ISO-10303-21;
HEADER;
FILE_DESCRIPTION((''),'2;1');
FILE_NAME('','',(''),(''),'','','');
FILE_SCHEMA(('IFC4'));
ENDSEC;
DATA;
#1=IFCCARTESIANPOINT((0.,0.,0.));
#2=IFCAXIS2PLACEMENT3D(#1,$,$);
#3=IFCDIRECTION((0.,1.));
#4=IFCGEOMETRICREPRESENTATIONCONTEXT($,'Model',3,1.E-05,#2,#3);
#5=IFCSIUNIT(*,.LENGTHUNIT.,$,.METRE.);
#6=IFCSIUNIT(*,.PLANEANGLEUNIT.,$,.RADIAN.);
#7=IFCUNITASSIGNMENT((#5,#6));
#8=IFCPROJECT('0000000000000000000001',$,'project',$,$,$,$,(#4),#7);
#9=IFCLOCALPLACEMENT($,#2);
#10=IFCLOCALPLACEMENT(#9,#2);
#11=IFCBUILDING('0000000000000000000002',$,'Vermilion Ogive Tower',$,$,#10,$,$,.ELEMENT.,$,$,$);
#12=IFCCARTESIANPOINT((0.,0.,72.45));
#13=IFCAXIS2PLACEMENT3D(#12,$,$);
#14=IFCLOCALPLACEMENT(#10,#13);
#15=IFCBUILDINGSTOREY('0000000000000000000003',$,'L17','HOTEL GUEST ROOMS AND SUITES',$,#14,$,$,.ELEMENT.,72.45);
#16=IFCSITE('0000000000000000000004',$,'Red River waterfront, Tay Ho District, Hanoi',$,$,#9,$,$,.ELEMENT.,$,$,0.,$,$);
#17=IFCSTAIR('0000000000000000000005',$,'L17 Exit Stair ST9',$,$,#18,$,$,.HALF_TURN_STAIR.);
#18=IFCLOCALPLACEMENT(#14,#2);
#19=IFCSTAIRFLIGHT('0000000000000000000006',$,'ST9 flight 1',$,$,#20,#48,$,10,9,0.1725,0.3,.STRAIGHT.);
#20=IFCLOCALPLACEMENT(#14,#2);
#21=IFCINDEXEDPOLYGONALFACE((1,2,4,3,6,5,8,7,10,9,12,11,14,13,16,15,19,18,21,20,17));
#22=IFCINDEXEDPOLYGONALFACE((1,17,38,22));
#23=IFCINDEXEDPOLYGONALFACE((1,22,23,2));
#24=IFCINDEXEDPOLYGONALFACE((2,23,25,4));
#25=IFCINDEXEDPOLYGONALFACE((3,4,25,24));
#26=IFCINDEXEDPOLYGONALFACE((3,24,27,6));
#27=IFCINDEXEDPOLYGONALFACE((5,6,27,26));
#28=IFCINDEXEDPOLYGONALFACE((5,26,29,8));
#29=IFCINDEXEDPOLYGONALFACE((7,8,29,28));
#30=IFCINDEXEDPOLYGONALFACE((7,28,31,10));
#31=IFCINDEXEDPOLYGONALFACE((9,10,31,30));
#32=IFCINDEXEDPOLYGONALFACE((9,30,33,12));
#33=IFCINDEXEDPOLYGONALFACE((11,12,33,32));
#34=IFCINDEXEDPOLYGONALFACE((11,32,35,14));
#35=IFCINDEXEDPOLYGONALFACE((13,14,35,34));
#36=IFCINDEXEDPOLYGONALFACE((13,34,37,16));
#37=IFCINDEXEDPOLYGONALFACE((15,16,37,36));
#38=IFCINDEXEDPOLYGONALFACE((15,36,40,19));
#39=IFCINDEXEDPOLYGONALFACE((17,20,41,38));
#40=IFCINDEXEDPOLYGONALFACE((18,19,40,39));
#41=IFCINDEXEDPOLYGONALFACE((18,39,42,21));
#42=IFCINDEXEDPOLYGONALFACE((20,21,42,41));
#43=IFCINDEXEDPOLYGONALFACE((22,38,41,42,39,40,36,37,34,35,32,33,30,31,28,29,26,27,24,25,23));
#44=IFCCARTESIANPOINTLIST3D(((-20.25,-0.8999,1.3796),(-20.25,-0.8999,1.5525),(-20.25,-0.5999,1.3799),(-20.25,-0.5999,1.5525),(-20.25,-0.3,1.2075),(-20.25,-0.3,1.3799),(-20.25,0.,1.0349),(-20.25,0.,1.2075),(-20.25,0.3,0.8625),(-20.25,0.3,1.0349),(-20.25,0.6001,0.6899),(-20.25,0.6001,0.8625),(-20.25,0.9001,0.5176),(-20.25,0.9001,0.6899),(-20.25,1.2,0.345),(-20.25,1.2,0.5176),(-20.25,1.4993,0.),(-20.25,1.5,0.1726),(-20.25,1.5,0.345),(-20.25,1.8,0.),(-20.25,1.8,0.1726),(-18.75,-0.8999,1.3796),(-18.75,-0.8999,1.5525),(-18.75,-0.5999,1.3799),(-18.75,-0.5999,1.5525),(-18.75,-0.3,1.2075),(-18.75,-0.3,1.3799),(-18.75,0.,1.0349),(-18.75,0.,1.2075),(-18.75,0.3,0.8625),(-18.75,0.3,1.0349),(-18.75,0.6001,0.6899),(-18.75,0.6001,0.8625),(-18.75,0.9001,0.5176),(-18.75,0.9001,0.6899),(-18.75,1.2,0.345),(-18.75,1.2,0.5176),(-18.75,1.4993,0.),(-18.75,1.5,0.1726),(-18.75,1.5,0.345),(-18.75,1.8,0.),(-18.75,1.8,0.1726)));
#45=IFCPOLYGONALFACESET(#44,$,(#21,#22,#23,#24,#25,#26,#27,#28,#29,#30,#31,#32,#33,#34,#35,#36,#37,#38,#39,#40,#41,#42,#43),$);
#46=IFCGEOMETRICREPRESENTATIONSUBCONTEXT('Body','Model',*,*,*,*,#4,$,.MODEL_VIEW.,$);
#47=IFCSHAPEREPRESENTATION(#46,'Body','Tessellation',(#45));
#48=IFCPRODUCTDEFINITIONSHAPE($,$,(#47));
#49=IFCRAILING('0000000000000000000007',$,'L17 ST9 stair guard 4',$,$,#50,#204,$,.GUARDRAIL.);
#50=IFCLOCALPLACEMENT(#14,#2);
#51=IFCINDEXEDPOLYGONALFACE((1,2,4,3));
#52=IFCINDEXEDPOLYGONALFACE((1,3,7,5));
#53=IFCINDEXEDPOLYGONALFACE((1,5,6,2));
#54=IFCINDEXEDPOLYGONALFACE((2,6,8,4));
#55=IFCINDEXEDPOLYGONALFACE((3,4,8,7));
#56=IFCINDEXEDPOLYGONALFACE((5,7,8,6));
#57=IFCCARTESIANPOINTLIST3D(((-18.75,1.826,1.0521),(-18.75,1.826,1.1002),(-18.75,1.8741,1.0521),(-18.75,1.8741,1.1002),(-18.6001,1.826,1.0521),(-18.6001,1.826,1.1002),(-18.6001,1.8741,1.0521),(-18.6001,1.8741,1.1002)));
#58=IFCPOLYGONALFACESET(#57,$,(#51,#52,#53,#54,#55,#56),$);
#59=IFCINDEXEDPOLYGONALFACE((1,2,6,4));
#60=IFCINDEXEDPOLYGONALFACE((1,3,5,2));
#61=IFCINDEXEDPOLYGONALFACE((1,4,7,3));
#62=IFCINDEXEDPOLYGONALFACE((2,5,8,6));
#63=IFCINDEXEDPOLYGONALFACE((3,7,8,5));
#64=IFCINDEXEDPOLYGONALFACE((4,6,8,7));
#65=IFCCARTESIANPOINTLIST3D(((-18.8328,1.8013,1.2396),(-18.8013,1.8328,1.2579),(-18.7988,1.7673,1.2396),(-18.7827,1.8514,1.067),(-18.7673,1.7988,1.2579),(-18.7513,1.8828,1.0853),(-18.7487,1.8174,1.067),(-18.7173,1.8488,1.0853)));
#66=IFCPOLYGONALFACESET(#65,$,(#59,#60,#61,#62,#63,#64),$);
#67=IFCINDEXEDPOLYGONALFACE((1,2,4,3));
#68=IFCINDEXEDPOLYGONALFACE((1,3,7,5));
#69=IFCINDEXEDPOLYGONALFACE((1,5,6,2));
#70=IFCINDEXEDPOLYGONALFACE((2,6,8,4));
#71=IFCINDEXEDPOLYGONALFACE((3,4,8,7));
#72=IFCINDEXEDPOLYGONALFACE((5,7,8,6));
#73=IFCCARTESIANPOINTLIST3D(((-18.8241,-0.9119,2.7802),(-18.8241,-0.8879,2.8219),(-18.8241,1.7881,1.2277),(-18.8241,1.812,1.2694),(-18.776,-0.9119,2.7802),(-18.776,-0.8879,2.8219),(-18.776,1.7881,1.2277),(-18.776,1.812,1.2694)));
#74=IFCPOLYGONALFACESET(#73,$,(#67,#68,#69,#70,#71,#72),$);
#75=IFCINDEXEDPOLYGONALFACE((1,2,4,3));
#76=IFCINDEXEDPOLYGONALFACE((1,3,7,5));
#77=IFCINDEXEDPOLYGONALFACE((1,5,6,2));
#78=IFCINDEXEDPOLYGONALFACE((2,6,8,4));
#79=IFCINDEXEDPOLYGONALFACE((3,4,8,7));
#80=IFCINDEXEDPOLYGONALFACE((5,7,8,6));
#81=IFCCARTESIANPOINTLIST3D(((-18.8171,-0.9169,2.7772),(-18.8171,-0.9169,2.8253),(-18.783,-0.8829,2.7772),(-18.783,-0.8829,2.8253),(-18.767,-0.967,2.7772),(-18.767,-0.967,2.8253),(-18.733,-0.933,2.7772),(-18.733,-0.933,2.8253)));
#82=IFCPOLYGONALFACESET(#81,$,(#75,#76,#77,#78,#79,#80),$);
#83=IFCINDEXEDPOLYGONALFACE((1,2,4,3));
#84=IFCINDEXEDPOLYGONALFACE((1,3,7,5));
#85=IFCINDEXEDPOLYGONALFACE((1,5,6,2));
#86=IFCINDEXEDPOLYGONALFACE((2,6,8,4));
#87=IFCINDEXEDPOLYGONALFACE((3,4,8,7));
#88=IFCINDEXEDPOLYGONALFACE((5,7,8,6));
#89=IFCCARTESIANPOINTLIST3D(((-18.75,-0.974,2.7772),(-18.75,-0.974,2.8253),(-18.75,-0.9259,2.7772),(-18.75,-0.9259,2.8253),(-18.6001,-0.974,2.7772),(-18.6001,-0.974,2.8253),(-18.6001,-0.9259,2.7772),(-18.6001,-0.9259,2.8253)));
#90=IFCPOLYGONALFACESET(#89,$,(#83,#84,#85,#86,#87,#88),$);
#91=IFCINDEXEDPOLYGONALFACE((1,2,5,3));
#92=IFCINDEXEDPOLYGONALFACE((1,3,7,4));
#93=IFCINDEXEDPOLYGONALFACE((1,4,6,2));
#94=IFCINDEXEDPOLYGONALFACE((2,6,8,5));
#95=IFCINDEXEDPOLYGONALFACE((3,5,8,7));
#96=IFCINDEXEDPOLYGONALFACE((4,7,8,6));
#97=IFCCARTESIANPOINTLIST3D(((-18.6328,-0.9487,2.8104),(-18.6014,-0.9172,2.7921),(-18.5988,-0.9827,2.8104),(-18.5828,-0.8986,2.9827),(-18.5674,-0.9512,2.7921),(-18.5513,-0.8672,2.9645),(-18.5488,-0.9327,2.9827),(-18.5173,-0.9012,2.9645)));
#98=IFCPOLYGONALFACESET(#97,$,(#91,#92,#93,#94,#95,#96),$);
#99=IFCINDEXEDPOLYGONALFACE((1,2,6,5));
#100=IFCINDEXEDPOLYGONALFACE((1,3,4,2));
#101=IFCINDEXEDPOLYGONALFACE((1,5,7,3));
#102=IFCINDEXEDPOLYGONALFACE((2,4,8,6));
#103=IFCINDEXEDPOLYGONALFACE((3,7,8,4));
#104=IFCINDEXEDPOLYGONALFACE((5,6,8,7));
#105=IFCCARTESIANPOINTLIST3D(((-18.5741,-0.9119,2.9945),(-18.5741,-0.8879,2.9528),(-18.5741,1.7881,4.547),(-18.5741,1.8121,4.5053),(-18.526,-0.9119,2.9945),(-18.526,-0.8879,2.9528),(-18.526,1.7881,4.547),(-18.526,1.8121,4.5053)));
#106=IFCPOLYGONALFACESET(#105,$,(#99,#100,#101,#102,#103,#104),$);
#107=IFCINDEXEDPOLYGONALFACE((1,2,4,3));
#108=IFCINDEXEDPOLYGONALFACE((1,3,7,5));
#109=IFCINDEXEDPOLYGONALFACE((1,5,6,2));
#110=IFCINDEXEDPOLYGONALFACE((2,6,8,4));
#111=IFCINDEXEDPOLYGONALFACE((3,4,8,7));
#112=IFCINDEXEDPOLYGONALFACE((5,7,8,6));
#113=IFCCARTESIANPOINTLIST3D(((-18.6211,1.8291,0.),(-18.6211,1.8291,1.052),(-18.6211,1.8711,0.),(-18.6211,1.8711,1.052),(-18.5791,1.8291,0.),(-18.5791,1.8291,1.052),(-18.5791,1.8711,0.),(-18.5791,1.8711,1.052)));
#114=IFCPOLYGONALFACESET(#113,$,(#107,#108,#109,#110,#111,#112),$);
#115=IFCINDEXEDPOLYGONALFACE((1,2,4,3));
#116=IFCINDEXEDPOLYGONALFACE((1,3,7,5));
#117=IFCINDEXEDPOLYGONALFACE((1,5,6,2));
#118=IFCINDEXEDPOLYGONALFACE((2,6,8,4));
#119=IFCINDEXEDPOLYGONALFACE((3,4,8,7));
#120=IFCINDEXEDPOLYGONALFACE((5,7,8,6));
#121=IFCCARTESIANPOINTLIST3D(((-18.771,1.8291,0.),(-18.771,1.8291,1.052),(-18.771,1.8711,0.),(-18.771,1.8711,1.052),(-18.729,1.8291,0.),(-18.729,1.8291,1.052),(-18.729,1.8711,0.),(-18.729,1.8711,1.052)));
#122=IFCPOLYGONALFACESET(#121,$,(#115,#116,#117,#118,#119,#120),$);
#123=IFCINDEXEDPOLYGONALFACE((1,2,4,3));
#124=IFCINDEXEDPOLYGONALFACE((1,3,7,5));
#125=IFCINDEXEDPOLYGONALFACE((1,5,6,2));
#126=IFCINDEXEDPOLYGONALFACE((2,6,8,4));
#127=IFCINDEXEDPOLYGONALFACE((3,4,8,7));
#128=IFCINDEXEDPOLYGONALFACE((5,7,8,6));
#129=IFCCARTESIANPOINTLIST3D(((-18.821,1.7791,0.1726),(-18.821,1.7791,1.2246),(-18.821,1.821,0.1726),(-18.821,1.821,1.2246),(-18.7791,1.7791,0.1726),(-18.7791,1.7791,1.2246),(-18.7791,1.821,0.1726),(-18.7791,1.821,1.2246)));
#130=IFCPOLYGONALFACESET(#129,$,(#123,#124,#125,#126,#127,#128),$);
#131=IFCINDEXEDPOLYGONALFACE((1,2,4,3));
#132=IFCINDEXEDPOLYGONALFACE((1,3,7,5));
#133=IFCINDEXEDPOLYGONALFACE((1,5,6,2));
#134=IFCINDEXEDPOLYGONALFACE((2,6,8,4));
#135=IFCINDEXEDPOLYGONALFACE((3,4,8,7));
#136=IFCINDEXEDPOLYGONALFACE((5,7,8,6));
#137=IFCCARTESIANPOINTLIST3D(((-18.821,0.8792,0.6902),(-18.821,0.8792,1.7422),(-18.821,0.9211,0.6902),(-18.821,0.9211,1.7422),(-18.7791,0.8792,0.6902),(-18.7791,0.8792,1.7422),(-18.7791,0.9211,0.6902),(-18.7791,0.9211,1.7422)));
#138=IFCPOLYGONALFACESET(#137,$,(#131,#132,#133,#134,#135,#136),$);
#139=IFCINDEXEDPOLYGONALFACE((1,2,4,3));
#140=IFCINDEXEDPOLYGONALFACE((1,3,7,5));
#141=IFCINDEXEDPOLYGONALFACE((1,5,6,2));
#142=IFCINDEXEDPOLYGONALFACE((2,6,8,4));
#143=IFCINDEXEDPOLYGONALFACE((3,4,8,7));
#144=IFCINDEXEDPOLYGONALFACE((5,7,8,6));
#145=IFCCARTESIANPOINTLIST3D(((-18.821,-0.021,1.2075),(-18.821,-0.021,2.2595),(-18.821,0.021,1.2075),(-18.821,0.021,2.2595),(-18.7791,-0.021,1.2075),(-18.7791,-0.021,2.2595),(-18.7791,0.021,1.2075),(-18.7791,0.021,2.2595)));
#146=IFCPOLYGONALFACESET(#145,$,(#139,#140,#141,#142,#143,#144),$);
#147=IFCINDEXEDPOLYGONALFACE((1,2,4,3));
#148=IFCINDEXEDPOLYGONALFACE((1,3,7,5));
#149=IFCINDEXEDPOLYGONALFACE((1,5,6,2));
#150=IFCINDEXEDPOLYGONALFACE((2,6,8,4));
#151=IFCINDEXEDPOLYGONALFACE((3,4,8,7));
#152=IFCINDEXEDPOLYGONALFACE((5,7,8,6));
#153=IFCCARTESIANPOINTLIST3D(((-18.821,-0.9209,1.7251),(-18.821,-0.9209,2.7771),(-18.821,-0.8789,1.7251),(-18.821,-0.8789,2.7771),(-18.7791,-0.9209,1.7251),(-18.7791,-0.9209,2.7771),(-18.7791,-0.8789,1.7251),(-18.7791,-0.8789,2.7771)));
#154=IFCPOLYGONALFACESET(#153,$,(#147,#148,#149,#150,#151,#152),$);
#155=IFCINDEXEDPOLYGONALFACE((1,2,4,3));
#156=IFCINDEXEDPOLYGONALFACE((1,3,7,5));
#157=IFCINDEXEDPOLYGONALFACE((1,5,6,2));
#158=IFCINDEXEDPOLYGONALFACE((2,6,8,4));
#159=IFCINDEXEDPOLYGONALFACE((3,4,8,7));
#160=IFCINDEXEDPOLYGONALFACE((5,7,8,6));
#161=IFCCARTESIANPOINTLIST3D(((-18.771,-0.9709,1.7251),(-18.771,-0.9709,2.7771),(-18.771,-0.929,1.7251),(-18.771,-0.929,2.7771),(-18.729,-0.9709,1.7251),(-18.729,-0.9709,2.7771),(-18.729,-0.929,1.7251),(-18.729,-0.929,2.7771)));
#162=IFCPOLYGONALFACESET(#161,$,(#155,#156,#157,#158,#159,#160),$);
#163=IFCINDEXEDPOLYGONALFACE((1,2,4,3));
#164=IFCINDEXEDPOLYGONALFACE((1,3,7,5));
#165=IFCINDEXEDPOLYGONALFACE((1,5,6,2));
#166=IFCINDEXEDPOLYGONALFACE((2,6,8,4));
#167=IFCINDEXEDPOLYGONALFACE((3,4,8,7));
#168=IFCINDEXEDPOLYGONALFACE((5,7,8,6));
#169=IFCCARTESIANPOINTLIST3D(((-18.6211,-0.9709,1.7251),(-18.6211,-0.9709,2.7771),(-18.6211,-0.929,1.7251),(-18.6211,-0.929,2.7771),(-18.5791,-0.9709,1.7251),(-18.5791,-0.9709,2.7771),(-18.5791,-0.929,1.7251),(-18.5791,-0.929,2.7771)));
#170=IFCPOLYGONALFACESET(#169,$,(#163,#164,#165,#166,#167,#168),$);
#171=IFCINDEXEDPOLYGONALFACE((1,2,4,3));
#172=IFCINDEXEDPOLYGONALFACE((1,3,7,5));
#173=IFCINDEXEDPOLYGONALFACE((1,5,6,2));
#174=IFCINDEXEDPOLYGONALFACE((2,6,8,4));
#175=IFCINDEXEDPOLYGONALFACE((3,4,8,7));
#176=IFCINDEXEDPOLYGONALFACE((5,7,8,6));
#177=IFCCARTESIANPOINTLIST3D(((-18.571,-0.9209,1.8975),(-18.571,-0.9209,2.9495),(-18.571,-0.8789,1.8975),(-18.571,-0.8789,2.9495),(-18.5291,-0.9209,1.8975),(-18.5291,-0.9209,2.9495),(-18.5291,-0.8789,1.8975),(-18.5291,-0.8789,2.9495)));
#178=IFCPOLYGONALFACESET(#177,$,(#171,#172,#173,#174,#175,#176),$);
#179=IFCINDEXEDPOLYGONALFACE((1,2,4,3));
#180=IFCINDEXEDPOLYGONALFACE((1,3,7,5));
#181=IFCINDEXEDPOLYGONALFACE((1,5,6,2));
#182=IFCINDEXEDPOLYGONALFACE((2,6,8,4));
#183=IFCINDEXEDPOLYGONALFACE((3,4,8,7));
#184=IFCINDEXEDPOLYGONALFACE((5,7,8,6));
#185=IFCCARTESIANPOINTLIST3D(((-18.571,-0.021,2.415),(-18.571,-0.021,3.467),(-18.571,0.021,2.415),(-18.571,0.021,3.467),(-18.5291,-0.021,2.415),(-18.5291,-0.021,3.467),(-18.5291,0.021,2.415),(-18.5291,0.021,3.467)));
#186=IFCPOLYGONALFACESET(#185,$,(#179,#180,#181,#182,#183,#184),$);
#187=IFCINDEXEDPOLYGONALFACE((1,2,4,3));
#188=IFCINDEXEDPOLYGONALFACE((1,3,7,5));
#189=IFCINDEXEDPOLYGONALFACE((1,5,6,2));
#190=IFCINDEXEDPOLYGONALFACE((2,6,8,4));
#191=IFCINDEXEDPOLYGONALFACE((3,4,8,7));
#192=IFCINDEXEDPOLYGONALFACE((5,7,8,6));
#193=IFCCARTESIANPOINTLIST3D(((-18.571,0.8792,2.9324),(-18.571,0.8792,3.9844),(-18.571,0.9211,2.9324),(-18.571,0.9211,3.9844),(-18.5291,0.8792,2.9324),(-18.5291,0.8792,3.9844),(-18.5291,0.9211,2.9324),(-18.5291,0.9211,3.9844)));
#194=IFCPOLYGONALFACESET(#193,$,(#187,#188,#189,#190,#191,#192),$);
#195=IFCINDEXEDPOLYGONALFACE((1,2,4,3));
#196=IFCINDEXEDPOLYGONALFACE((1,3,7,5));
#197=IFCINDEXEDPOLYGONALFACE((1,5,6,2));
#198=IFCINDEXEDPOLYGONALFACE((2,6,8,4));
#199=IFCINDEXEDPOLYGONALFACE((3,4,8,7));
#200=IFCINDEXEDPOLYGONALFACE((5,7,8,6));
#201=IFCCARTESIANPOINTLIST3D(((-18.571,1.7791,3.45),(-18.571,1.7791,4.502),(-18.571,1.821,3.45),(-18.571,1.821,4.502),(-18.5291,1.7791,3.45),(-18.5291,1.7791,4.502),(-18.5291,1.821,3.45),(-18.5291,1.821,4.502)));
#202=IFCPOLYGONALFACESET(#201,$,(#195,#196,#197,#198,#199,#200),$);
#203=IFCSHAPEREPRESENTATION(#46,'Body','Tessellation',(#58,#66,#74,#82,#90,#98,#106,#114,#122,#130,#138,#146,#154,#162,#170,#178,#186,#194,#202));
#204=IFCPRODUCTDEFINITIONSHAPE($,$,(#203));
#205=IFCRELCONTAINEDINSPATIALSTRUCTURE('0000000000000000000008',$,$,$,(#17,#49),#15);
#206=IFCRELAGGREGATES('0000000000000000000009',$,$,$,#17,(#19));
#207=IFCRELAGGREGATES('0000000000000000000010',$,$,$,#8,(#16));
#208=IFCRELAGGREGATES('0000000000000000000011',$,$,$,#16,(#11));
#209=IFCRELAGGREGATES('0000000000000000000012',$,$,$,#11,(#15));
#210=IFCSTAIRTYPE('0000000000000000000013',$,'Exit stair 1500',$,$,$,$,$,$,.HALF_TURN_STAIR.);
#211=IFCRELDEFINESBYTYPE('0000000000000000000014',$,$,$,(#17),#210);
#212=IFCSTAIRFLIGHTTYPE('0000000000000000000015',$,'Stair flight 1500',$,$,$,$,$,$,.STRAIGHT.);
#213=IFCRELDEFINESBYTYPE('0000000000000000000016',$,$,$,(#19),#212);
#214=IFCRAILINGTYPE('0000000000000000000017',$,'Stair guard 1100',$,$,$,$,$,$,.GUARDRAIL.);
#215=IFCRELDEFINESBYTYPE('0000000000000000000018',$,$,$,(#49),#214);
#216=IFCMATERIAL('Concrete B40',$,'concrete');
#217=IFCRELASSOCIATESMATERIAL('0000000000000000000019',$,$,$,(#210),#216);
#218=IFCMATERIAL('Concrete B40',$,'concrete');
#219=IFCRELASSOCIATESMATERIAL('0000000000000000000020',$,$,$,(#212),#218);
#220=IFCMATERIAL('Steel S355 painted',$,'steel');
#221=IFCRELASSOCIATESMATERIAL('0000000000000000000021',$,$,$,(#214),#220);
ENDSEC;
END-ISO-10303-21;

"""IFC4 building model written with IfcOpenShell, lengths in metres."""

from ifc_helpers import new_model, si_unit, direction, frame, origin, origin_2d, place, context, subcontext, project, spatial, polyline, rectangle, outline, extrude, material, type_object, element, aggregate, save


model = new_model("IFC4")

# Units and contexts
model_context = context("Model", 3, precision=1e-05, world=origin(), true_north=direction((0.0, 1.0)))
body_context = subcontext(model_context, "Body", "Model", "MODEL_VIEW")
ifc_project = project(units=[si_unit("LENGTHUNIT", "METRE"), si_unit("PLANEANGLEUNIT", "RADIAN")], contexts=[model_context])

# Site, building, storey
site_placement = place(None, origin())
site = spatial("IfcSite", under=ifc_project, at=site_placement, Name="Red River waterfront, Tay Ho District, Hanoi", CompositionType="ELEMENT", RefElevation=0.0)
building_placement = place(site_placement, origin())
building = spatial("IfcBuilding", under=site, at=building_placement, Name="Vermilion Ogive Tower", CompositionType="ELEMENT")
storey_placement = place(building_placement, frame((0.0, 0.0, 72.45)))
storey = spatial("IfcBuildingStorey", under=building, at=storey_placement, Name="L17", Description="HOTEL GUEST ROOMS AND SUITES", CompositionType="ELEMENT", Elevation=72.45)

# Stair, stair flight
ifc_material_1 = material(Name="Concrete B40", Category="concrete")
stair_type = type_object("IfcStairType", Name="Exit stair 1500", PredefinedType="HALF_TURN_STAIR", material=ifc_material_1)
stair_placement = place(storey_placement, origin())
stair = element("IfcStair", 1, at=stair_placement, inside=storey, type_object=stair_type, Name="L17 Exit Stair ST9", PredefinedType="HALF_TURN_STAIR")
ifc_material_2 = material(Name="Concrete B40", Category="concrete")
stair_flight_type = type_object("IfcStairFlightType", Name="Stair flight 1500", PredefinedType="STRAIGHT", material=ifc_material_2)
stair_flight_placement = place(storey_placement, frame((-19.5, 1.8, 0.0), z_axis=(0.0, 0.0, 1.0), x_axis=(0.0, -1.0, 0.0)))
stair_flight = element("IfcStairFlight", 2, at=stair_flight_placement, type_object=stair_flight_type, Name="ST9 flight 1", NumberOfRisers=10, NumberOfTreads=9, PredefinedType="STRAIGHT", RiserHeight=0.1725, TreadLength=0.3, context=body_context, shape_type="SweptSolid", body=[
    extrude(outline(polyline([(0.0, 0.0), (0.0, 0.1726), (0.3, 0.1726), (0.3, 0.345), (0.6001, 0.345), (0.6001, 0.5176), (0.8999, 0.5176), (0.8999, 0.6899), (1.2, 0.6899), (1.2, 0.8625), (1.5, 0.8625), (1.5, 1.0349), (1.8, 1.0349), (1.8, 1.2075), (2.1001, 1.2075), (2.1001, 1.3799), (2.3999, 1.3799), (2.3999, 1.5525), (2.7, 1.5525), (2.7, 1.7251), (2.7, 1.3796), (0.3008, 0.0), (0.0, 0.0)])), frame((0.0, 0.75, 0.0), z_axis=(0.0, -1.0, 0.0), x_axis=(1.0, 0.0, 0.0)), (0.0, 0.0, 1.0), 1.5),
])
aggregate(stair, [stair_flight])

# Railing
ifc_material_3 = material(Name="Steel S355 painted", Category="steel")
railing_type_1 = type_object("IfcRailingType", Name="Stair guard 1100", PredefinedType="GUARDRAIL", material=ifc_material_3)
railing_1_placement = place(storey_placement, frame((-18.6001, 1.8501, 0.0)))
element("IfcRailing", 3, at=railing_1_placement, inside=storey, type_object=railing_type_1, Name="L17 ST9 stair guard 4", PredefinedType="GUARDRAIL", context=body_context, shape_type="SweptSolid", body=[
    extrude(rectangle(XDim=0.0481, YDim=0.0481, at=origin_2d()), frame((0.0, 0.0, 1.0762), z_axis=(-1.0, 0.0, 0.0), x_axis=(0.0, -1.0, 0.0)), (0.0, 0.0, 1.0), 0.1499),
    extrude(rectangle(XDim=0.0481, YDim=0.0481, at=origin_2d()), frame((-0.1499, 0.0, 1.0762), z_axis=(-0.268278, -0.268278, 0.925232), x_axis=(0.707107, -0.707107, 0.0)), (0.0, 0.0, 1.0), 0.1865),
    extrude(rectangle(XDim=0.0481, YDim=0.0481, at=origin_2d()), frame((-0.2, -0.05, 1.2485), z_axis=(0.0, -0.866904, 0.498476), x_axis=(1.0, 0.0, 0.0)), (0.0, 0.0, 1.0), 3.1145),
    extrude(rectangle(XDim=0.0481, YDim=0.0481, at=origin_2d()), frame((-0.2, -2.75, 2.8013), z_axis=(0.707107, -0.707107, 0.0), x_axis=(0.707107, 0.707107, 0.0)), (0.0, 0.0, 1.0), 0.0708),
    extrude(rectangle(XDim=0.0481, YDim=0.0481, at=origin_2d()), frame((-0.1499, -2.8, 2.8013), z_axis=(1.0, 0.0, 0.0), x_axis=(0.0, 1.0, 0.0)), (0.0, 0.0, 1.0), 0.1499),
    extrude(rectangle(XDim=0.0481, YDim=0.0481, at=origin_2d()), frame((0.0, -2.8, 2.8013), z_axis=(0.268603, 0.268603, 0.925043), x_axis=(-0.707107, 0.707107, 0.0)), (0.0, 0.0, 1.0), 0.1863),
    extrude(rectangle(XDim=0.0481, YDim=0.0481, at=origin_2d()), frame((0.05, -2.75, 2.9736), z_axis=(0.0, 0.866904, 0.498476), x_axis=(-1.0, 0.0, 0.0)), (0.0, 0.0, 1.0), 3.1145),
    extrude(rectangle(XDim=0.042, YDim=0.042, at=origin_2d()), origin(), (0.0, 0.0, 1.0), 1.052),
    extrude(rectangle(XDim=0.042, YDim=0.042, at=origin_2d()), frame((-0.1499, 0.0, 0.0)), (0.0, 0.0, 1.0), 1.052),
    extrude(rectangle(XDim=0.042, YDim=0.042, at=origin_2d()), frame((-0.2, -0.05, 0.1726)), (0.0, 0.0, 1.0), 1.052),
    extrude(rectangle(XDim=0.042, YDim=0.042, at=origin_2d()), frame((-0.2, -0.95, 0.6902)), (0.0, 0.0, 1.0), 1.052),
    extrude(rectangle(XDim=0.042, YDim=0.042, at=origin_2d()), frame((-0.2, -1.8501, 1.2075)), (0.0, 0.0, 1.0), 1.052),
    extrude(rectangle(XDim=0.042, YDim=0.042, at=origin_2d()), frame((-0.2, -2.75, 1.7251)), (0.0, 0.0, 1.0), 1.052),
    extrude(rectangle(XDim=0.042, YDim=0.042, at=origin_2d()), frame((-0.1499, -2.8, 1.7251)), (0.0, 0.0, 1.0), 1.052),
    extrude(rectangle(XDim=0.042, YDim=0.042, at=origin_2d()), frame((0.0, -2.8, 1.7251)), (0.0, 0.0, 1.0), 1.052),
    extrude(rectangle(XDim=0.042, YDim=0.042, at=origin_2d()), frame((0.05, -2.75, 1.8975)), (0.0, 0.0, 1.0), 1.052),
    extrude(rectangle(XDim=0.042, YDim=0.042, at=origin_2d()), frame((0.05, -1.8501, 2.415)), (0.0, 0.0, 1.0), 1.052),
    extrude(rectangle(XDim=0.042, YDim=0.042, at=origin_2d()), frame((0.05, -0.95, 2.9324)), (0.0, 0.0, 1.0), 1.052),
    extrude(rectangle(XDim=0.042, YDim=0.042, at=origin_2d()), frame((0.05, -0.05, 3.45)), (0.0, 0.0, 1.0), 1.052),
])

save(model, "model.ifc")
